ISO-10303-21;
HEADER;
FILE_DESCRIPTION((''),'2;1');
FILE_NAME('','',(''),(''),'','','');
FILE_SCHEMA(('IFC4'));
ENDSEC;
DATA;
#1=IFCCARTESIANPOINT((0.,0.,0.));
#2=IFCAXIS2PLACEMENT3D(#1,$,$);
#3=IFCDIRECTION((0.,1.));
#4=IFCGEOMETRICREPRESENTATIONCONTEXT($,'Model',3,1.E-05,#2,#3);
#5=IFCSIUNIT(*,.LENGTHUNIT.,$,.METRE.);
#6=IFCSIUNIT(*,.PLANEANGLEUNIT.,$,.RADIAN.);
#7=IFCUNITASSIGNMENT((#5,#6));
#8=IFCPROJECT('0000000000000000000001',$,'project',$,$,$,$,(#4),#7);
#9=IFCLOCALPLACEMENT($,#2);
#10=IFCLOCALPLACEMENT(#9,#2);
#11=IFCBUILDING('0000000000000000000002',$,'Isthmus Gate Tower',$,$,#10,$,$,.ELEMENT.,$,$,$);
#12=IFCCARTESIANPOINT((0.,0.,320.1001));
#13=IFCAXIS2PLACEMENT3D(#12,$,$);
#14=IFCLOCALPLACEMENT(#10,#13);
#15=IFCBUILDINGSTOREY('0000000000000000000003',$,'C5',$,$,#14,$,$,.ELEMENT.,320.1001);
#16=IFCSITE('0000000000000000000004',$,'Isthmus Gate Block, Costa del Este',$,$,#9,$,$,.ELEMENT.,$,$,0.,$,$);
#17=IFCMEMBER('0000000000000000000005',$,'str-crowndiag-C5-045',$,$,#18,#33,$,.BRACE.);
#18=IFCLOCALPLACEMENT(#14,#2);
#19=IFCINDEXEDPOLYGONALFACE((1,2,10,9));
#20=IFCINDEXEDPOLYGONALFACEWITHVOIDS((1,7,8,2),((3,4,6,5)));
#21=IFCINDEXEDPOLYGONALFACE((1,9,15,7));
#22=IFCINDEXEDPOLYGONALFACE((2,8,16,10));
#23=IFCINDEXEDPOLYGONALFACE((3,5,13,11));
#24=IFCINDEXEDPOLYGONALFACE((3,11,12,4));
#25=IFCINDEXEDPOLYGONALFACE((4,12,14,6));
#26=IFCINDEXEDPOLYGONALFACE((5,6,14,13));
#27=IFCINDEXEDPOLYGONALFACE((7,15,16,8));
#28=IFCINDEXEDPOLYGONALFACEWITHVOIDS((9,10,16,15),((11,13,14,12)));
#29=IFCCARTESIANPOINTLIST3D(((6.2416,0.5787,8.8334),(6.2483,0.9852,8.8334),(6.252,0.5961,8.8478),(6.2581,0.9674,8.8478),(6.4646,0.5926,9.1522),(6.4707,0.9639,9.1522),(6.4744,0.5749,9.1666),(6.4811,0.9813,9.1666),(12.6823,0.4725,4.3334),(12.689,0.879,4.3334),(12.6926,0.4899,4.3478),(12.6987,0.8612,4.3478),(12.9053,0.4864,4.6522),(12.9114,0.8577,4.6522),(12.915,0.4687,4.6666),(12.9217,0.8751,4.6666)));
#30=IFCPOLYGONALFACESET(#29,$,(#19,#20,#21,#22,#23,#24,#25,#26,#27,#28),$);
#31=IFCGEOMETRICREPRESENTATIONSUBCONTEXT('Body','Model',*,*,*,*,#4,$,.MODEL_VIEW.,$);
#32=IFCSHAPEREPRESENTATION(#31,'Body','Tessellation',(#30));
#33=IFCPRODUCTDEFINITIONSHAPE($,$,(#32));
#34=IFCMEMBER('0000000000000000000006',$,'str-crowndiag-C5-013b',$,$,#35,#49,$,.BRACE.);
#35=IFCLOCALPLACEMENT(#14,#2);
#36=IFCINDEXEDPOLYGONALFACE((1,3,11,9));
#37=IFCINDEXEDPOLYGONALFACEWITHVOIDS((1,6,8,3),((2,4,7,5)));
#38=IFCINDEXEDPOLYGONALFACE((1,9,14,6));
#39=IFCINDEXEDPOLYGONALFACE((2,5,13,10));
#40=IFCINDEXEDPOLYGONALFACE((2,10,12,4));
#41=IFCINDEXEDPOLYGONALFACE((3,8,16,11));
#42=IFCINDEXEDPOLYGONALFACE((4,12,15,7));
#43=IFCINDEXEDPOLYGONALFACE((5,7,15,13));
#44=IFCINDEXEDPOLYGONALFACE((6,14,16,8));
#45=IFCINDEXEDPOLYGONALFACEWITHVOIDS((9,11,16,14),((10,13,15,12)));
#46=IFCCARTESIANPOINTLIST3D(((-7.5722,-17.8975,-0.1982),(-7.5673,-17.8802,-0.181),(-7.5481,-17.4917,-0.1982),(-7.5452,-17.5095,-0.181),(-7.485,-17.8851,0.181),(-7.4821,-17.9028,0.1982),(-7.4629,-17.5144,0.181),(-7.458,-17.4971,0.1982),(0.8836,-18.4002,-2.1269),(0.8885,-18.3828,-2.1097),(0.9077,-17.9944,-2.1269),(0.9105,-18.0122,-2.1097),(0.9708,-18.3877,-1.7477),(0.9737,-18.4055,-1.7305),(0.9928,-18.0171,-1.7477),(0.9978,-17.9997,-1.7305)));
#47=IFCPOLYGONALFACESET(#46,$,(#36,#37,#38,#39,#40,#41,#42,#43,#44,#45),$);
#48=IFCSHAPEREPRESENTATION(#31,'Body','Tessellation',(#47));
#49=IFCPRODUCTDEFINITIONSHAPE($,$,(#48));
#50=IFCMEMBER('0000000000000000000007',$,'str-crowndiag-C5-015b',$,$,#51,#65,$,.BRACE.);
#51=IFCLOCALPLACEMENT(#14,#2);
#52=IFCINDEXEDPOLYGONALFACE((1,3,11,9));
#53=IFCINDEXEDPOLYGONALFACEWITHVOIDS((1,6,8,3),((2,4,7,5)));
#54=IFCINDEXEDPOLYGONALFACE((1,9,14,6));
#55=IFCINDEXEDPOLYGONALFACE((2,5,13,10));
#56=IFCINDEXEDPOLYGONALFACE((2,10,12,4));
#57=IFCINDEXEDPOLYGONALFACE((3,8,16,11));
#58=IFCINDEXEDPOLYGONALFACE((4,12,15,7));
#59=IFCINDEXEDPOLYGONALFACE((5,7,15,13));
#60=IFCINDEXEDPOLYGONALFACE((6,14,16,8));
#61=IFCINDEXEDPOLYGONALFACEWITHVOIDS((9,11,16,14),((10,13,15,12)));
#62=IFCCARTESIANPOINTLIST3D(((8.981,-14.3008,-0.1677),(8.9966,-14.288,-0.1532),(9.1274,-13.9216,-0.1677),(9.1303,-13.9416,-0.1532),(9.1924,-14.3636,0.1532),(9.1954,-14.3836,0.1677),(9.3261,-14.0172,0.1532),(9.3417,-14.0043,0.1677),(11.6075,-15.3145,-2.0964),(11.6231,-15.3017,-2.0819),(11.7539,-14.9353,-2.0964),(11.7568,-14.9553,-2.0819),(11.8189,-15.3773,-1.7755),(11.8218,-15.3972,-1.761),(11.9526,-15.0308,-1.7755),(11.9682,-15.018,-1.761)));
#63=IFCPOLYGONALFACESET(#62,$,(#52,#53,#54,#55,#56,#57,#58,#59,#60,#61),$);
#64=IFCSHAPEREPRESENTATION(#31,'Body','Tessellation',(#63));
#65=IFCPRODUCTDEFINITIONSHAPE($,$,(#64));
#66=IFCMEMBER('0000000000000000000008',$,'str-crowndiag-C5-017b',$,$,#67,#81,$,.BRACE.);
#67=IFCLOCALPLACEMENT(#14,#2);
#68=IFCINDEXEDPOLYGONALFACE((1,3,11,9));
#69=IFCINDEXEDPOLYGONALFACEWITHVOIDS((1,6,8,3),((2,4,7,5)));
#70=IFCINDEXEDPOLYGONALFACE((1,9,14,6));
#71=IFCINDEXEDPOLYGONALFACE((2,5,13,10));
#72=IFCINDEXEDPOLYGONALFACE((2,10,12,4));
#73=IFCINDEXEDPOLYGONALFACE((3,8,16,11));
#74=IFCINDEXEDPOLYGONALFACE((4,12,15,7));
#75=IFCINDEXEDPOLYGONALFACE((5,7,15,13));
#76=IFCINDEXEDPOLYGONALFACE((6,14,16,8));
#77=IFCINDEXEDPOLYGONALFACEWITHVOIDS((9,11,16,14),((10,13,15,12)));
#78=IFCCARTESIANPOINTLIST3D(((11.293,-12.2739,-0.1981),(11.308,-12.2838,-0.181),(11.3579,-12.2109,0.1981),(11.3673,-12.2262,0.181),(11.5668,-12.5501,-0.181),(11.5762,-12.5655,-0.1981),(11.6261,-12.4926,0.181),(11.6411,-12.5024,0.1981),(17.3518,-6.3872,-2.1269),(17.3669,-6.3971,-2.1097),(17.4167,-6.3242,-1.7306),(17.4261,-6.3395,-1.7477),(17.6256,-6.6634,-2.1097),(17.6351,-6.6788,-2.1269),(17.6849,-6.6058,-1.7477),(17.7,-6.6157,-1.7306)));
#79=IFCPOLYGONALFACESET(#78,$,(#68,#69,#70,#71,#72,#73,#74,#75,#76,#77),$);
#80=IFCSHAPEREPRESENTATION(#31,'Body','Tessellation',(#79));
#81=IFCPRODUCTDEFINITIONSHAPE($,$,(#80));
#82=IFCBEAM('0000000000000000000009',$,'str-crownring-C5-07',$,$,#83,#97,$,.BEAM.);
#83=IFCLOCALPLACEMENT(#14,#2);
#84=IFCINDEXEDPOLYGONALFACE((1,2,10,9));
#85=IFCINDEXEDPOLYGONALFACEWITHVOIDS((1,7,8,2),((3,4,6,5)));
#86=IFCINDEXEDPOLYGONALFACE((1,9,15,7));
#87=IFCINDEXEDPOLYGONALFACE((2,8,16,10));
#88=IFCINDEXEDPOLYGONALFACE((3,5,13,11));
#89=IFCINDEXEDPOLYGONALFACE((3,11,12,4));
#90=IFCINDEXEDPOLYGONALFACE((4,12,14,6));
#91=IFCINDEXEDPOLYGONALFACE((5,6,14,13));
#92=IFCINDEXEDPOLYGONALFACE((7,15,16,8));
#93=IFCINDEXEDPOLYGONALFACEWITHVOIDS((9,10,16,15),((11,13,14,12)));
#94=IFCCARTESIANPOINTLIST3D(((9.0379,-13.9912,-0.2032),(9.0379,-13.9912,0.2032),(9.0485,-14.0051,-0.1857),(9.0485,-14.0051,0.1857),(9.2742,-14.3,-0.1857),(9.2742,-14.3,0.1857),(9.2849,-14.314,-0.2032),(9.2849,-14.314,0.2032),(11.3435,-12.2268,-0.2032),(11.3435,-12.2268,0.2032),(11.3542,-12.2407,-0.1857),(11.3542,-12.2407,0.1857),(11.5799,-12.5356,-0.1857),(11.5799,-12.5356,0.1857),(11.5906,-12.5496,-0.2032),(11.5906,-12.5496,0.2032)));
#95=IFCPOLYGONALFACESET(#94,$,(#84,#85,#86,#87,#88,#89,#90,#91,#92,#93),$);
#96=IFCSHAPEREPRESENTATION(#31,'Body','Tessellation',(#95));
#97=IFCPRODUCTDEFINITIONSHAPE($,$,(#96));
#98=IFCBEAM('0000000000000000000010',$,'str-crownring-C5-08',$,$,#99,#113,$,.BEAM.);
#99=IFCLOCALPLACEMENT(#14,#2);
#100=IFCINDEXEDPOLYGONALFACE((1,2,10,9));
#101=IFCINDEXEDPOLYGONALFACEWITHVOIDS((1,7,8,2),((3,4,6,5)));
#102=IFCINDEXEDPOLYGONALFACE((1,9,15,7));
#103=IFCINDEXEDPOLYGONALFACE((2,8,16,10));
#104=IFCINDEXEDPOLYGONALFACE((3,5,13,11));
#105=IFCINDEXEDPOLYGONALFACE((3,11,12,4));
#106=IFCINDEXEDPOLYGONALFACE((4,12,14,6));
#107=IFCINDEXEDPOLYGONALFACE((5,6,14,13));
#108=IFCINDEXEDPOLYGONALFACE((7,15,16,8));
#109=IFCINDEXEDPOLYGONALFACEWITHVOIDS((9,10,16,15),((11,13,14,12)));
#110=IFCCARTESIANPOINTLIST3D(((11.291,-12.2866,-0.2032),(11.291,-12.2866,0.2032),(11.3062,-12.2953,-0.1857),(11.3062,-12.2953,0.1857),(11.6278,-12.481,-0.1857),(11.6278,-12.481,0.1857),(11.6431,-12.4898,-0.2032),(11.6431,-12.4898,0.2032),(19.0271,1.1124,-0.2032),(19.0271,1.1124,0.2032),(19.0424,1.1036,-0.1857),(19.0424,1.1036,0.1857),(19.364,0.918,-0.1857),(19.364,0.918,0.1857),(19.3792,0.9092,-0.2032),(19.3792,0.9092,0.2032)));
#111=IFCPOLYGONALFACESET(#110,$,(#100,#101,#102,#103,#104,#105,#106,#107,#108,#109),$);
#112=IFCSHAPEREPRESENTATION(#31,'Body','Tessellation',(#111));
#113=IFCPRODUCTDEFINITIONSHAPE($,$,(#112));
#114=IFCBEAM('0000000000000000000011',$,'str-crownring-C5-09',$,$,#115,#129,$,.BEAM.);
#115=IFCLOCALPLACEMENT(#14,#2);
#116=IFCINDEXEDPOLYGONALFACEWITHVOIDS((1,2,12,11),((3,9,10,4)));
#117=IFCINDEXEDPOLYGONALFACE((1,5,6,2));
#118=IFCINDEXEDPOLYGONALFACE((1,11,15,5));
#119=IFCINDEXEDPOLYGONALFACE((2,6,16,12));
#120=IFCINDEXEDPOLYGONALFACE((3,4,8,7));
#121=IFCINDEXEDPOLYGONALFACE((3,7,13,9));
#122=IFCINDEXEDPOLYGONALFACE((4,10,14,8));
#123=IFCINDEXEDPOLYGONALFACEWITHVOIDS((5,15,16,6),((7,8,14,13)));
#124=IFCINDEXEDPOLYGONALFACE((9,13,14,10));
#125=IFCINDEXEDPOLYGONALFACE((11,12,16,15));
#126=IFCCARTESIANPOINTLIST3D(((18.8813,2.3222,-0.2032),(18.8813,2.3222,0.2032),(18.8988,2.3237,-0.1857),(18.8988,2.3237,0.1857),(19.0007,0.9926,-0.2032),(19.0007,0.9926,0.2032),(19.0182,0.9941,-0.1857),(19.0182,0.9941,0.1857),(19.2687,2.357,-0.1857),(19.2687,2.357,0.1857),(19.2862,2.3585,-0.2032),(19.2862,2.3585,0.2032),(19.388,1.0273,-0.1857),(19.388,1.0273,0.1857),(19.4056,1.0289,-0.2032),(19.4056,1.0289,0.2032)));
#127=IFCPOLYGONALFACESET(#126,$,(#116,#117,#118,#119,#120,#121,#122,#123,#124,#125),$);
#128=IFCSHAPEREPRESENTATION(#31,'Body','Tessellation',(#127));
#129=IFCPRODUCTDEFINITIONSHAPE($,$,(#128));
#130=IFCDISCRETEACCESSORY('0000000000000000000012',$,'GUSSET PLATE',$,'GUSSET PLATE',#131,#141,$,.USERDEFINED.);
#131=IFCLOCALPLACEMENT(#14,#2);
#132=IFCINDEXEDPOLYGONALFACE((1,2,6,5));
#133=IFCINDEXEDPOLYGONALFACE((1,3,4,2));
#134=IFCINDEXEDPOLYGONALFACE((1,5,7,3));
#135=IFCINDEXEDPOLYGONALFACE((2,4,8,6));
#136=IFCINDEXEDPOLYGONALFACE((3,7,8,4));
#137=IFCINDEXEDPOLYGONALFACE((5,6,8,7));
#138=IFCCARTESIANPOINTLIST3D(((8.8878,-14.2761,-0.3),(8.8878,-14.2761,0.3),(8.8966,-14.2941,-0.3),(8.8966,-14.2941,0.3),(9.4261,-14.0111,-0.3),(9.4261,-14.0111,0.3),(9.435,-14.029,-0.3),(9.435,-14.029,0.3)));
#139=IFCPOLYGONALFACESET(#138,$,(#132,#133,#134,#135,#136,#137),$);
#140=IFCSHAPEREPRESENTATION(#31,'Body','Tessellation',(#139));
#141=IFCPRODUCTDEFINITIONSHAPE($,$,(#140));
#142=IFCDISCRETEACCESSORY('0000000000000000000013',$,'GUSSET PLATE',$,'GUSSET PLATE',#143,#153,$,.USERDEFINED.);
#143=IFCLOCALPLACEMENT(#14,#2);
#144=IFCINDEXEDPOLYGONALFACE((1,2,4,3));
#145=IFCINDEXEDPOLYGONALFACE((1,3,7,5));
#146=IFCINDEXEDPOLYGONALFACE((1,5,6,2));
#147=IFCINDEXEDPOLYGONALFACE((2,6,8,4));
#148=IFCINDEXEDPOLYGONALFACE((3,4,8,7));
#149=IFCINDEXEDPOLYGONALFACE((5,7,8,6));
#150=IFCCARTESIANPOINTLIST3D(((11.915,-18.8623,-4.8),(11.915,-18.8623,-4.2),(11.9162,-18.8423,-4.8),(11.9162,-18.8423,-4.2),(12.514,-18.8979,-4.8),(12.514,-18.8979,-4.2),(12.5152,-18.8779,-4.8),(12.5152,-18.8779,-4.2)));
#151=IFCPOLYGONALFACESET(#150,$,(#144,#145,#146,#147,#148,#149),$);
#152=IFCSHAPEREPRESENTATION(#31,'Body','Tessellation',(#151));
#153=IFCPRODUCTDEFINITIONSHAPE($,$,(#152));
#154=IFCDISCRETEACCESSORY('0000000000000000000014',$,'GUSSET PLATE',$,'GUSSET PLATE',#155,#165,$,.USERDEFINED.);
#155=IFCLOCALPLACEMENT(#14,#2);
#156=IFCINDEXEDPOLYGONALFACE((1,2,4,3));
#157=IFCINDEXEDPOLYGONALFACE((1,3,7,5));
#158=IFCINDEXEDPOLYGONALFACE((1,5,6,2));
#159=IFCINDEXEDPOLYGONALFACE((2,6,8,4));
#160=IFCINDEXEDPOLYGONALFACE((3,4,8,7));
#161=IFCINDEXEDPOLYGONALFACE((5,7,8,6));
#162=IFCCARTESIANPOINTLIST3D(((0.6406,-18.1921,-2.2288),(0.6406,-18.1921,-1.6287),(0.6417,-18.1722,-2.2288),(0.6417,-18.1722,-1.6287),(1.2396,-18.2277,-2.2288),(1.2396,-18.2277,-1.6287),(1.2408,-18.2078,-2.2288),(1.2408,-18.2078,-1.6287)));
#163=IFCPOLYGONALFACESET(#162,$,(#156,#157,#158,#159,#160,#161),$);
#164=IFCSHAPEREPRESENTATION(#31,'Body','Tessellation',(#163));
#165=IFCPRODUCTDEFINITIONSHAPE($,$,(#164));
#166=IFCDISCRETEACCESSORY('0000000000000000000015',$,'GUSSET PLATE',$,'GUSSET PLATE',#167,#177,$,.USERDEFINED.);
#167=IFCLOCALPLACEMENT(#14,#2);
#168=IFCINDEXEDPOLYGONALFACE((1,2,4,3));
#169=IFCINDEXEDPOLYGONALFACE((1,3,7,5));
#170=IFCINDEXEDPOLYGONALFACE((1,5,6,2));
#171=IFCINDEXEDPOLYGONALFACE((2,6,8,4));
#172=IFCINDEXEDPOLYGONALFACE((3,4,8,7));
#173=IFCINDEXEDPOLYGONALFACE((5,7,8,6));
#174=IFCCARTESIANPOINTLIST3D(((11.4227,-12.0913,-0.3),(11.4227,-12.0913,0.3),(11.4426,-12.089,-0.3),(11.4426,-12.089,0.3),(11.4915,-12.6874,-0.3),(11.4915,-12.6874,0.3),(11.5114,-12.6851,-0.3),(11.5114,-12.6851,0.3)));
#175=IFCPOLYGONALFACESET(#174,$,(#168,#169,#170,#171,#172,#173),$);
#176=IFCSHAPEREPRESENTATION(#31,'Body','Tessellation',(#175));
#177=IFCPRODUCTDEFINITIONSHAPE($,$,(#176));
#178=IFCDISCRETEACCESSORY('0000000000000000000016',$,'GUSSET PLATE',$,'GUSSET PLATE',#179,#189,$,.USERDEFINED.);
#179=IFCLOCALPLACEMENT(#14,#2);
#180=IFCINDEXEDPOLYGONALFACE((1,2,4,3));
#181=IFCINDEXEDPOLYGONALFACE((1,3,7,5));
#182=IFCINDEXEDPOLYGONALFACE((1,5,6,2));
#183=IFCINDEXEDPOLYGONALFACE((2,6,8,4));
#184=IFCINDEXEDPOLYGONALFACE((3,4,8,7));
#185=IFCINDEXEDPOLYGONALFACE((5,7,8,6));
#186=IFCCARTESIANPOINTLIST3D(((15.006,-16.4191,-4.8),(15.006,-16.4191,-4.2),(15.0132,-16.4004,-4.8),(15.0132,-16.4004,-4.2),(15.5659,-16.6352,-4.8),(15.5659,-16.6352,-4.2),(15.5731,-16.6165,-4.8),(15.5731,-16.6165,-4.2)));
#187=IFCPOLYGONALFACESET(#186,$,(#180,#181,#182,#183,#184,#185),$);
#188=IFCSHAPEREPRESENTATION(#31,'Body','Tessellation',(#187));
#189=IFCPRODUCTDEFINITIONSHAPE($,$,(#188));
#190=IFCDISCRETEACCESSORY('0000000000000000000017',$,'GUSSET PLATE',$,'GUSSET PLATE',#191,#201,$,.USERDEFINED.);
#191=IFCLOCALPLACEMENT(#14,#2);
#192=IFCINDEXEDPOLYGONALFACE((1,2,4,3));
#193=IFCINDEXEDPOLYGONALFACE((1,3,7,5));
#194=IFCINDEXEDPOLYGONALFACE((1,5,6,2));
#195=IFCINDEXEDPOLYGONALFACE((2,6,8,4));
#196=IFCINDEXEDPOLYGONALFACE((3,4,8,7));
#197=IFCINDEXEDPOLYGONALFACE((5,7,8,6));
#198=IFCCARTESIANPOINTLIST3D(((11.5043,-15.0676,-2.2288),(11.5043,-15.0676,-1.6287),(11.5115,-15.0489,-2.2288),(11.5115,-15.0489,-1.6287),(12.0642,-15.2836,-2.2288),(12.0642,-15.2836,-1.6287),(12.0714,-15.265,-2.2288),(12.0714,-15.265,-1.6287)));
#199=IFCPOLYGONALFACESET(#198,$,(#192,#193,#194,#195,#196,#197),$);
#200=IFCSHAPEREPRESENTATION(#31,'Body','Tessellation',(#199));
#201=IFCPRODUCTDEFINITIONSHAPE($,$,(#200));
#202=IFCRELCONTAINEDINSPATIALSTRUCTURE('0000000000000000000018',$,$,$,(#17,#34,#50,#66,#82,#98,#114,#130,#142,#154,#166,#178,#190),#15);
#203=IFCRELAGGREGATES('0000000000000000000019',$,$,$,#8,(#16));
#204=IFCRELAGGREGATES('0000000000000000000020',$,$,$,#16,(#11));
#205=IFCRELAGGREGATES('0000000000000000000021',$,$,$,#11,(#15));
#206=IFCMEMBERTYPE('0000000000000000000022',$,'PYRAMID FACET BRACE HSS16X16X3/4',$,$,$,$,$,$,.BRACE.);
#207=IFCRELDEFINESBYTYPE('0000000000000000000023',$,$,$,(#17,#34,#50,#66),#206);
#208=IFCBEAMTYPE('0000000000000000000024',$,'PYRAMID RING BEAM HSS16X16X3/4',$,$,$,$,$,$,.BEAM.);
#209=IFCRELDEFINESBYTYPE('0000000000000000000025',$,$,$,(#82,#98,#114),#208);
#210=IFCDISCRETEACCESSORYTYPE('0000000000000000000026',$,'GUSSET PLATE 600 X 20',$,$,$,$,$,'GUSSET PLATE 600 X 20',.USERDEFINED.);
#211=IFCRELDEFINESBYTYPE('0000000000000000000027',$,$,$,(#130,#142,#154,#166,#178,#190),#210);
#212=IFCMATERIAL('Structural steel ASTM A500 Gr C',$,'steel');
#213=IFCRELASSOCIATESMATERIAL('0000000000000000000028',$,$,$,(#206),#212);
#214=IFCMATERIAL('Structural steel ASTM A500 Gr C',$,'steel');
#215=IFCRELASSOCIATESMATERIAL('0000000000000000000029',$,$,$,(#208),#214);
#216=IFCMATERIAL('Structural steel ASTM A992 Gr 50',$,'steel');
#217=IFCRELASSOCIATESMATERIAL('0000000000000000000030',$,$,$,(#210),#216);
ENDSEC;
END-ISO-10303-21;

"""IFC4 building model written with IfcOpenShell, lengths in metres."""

from ifc_helpers import new_model, si_unit, direction, frame, origin, origin_2d, place, context, subcontext, project, spatial, rectangle, hollow_rectangle, extrude, material, material_profile, profile_set, type_object, element, save


model = new_model("IFC4")

# Units and contexts
model_context = context("Model", 3, precision=1e-05, world=origin(), true_north=direction((0.0, 1.0)))
body_context = subcontext(model_context, "Body", "Model", "MODEL_VIEW")
ifc_project = project(units=[si_unit("LENGTHUNIT", "METRE"), si_unit("PLANEANGLEUNIT", "RADIAN")], contexts=[model_context])

# Site, building, storey
site_placement = place(None, origin())
site = spatial("IfcSite", under=ifc_project, at=site_placement, Name="Isthmus Gate Block, Costa del Este", CompositionType="ELEMENT", RefElevation=0.0)
building_placement = place(site_placement, origin())
building = spatial("IfcBuilding", under=site, at=building_placement, Name="Isthmus Gate Tower", CompositionType="ELEMENT")
storey_placement = place(building_placement, frame((0.0, 0.0, 320.1001)))
storey = spatial("IfcBuildingStorey", under=building, at=storey_placement, Name="C5", CompositionType="ELEMENT", Elevation=320.1001)

# Members
ifc_material_1 = material(Name="Structural steel ASTM A500 Gr C", Category="steel")
ifc_material_profile_1 = material_profile(ifc_material_1, hollow_rectangle(XDim=0.4065, YDim=0.4065, WallThickness=0.0176, at=origin_2d()), Name="HSS16X16X3/4")
ifc_profile_set_1 = profile_set([ifc_material_profile_1], Name="Structural steel ASTM A500 Gr C")
member_type = type_object("IfcMemberType", Name="PYRAMID FACET BRACE HSS16X16X3/4", PredefinedType="BRACE", material=ifc_profile_set_1)
member_1_placement = place(storey_placement, frame((12.802, 0.6738, 4.5), z_axis=(-0.819663, 0.013516, 0.572686), x_axis=(-0.016487, -0.999864, 0.0)))
element("IfcMember", 1, at=member_1_placement, inside=storey, type_object=member_type, Name="str-crowndiag-C5-045", PredefinedType="BRACE", context=body_context, shape_type="SweptSolid", body=[
    extrude(hollow_rectangle(XDim=0.4065, YDim=0.4065, WallThickness=0.0176, at=origin_2d()), origin(), (0.0, 0.0, 1.0), 7.8577),
])
member_2_placement = place(storey_placement, frame((0.9407, -18.2, -1.9287), z_axis=(-0.973326, 0.057863, 0.222009), x_axis=(-0.059344, -0.998238, 0.0)))
element("IfcMember", 2, at=member_2_placement, inside=storey, type_object=member_type, Name="str-crowndiag-C5-013b", PredefinedType="BRACE", context=body_context, shape_type="SweptSolid", body=[
    extrude(hollow_rectangle(XDim=0.4065, YDim=0.4065, WallThickness=0.0176, at=origin_2d()), origin(), (0.0, 0.0, 1.0), 8.6875),
])
member_3_placement = place(storey_placement, frame((11.7878, -15.1663, -1.9287), z_axis=(-0.76964, 0.297039, 0.565175), x_axis=(-0.36006, -0.932929, 0.0)))
element("IfcMember", 3, at=member_3_placement, inside=storey, type_object=member_type, Name="str-crowndiag-C5-015b", PredefinedType="BRACE", context=body_context, shape_type="SweptSolid", body=[
    extrude(hollow_rectangle(XDim=0.4065, YDim=0.4065, WallThickness=0.0176, at=origin_2d()), origin(), (0.0, 0.0, 1.0), 3.4126),
])
member_4_placement = place(storey_placement, frame((17.5259, -6.5015, -1.9287), z_axis=(-0.699228, -0.679364, 0.222585), x_axis=(0.696846, -0.717221, 0.0)))
element("IfcMember", 4, at=member_4_placement, inside=storey, type_object=member_type, Name="str-crowndiag-C5-017b", PredefinedType="BRACE", context=body_context, shape_type="SweptSolid", body=[
    extrude(hollow_rectangle(XDim=0.4065, YDim=0.4065, WallThickness=0.0176, at=origin_2d()), origin(), (0.0, 0.0, 1.0), 8.665),
])

# Beams
ifc_material_2 = material(Name="Structural steel ASTM A500 Gr C", Category="steel")
ifc_material_profile_2 = material_profile(ifc_material_2, hollow_rectangle(XDim=0.4065, YDim=0.4065, WallThickness=0.0176, at=origin_2d()), Name="HSS16X16X3/4")
ifc_profile_set_2 = profile_set([ifc_material_profile_2], Name="Structural steel ASTM A500 Gr C")
beam_type = type_object("IfcBeamType", Name="PYRAMID RING BEAM HSS16X16X3/4", PredefinedType="BEAM", material=ifc_profile_set_2)
beam_1_placement = place(storey_placement, frame((9.1614, -14.1526, 0.0), z_axis=(0.79415, 0.607722, 0.0), x_axis=(-0.607722, 0.79415, 0.0)))
element("IfcBeam", 5, at=beam_1_placement, inside=storey, type_object=beam_type, Name="str-crownring-C5-07", PredefinedType="BEAM", context=body_context, shape_type="SweptSolid", body=[
    extrude(hollow_rectangle(XDim=0.4065, YDim=0.4065, WallThickness=0.0176, at=origin_2d()), origin(), (0.0, 0.0, 1.0), 2.9033),
])
beam_2_placement = place(storey_placement, frame((11.467, -12.3882, 0.0), z_axis=(0.50001, 0.86602, 0.0), x_axis=(-0.86602, 0.50001, 0.0)))
element("IfcBeam", 6, at=beam_2_placement, inside=storey, type_object=beam_type, Name="str-crownring-C5-08", PredefinedType="BEAM", context=body_context, shape_type="SweptSolid", body=[
    extrude(hollow_rectangle(XDim=0.4065, YDim=0.4065, WallThickness=0.0176, at=origin_2d()), origin(), (0.0, 0.0, 1.0), 15.4719),
])
beam_3_placement = place(storey_placement, frame((19.2031, 1.0107, 0.0), z_axis=(-0.089431, 0.995993, 0.0), x_axis=(-0.995993, -0.089431, 0.0)))
element("IfcBeam", 7, at=beam_3_placement, inside=storey, type_object=beam_type, Name="str-crownring-C5-09", PredefinedType="BEAM", context=body_context, shape_type="SweptSolid", body=[
    extrude(hollow_rectangle(XDim=0.4065, YDim=0.4065, WallThickness=0.0176, at=origin_2d()), origin(), (0.0, 0.0, 1.0), 1.335),
])

# Discrete accessories
ifc_material_3 = material(Name="Structural steel ASTM A992 Gr 50", Category="steel")
discrete_accessory_type = type_object("IfcDiscreteAccessoryType", Name="GUSSET PLATE 600 X 20", ElementType="GUSSET PLATE 600 X 20", PredefinedType="USERDEFINED", material=ifc_material_3)
for number, where, z_axis, x_axis, name in (
    (8, (9.1614, -14.1526, -0.3), (0.0, 0.0, 1.0), (0.89716, 0.441705, 0.0), "GUSSET PLATE"),
    (9, (12.2151, -18.8701, -4.8), (0.0, 0.0, 1.0), (-0.998238, 0.059338, 0.0), "GUSSET PLATE"),
    (10, (0.9407, -18.2, -2.2288), (0.0, 0.0, 1.0), (-0.998238, 0.059338, 0.0), "GUSSET PLATE"),
    (11, (11.467, -12.3882, -0.3), (0.0, 0.0, 1.0), (-0.114644, 0.993407, 0.0), "GUSSET PLATE"),
    (12, (15.2896, -16.5178, -4.8), (0.0, 0.0, 1.0), (-0.932927, 0.360066, 0.0), "GUSSET PLATE"),
    (13, (11.7878, -15.1663, -2.2288), (0.0, 0.0, 1.0), (-0.932927, 0.360066, 0.0), "GUSSET PLATE"),
):
    element("IfcDiscreteAccessory", number, at=place(storey_placement, frame(where, z_axis=z_axis, x_axis=x_axis)), inside=storey, type_object=discrete_accessory_type, Name=name, ObjectType="GUSSET PLATE", PredefinedType="USERDEFINED", context=body_context, shape_type="SweptSolid", body=[
        extrude(rectangle(XDim=0.6001, YDim=0.02, at=origin_2d()), origin(), (0.0, 0.0, 1.0), 0.6001),
    ])

save(model, "model.ifc")
